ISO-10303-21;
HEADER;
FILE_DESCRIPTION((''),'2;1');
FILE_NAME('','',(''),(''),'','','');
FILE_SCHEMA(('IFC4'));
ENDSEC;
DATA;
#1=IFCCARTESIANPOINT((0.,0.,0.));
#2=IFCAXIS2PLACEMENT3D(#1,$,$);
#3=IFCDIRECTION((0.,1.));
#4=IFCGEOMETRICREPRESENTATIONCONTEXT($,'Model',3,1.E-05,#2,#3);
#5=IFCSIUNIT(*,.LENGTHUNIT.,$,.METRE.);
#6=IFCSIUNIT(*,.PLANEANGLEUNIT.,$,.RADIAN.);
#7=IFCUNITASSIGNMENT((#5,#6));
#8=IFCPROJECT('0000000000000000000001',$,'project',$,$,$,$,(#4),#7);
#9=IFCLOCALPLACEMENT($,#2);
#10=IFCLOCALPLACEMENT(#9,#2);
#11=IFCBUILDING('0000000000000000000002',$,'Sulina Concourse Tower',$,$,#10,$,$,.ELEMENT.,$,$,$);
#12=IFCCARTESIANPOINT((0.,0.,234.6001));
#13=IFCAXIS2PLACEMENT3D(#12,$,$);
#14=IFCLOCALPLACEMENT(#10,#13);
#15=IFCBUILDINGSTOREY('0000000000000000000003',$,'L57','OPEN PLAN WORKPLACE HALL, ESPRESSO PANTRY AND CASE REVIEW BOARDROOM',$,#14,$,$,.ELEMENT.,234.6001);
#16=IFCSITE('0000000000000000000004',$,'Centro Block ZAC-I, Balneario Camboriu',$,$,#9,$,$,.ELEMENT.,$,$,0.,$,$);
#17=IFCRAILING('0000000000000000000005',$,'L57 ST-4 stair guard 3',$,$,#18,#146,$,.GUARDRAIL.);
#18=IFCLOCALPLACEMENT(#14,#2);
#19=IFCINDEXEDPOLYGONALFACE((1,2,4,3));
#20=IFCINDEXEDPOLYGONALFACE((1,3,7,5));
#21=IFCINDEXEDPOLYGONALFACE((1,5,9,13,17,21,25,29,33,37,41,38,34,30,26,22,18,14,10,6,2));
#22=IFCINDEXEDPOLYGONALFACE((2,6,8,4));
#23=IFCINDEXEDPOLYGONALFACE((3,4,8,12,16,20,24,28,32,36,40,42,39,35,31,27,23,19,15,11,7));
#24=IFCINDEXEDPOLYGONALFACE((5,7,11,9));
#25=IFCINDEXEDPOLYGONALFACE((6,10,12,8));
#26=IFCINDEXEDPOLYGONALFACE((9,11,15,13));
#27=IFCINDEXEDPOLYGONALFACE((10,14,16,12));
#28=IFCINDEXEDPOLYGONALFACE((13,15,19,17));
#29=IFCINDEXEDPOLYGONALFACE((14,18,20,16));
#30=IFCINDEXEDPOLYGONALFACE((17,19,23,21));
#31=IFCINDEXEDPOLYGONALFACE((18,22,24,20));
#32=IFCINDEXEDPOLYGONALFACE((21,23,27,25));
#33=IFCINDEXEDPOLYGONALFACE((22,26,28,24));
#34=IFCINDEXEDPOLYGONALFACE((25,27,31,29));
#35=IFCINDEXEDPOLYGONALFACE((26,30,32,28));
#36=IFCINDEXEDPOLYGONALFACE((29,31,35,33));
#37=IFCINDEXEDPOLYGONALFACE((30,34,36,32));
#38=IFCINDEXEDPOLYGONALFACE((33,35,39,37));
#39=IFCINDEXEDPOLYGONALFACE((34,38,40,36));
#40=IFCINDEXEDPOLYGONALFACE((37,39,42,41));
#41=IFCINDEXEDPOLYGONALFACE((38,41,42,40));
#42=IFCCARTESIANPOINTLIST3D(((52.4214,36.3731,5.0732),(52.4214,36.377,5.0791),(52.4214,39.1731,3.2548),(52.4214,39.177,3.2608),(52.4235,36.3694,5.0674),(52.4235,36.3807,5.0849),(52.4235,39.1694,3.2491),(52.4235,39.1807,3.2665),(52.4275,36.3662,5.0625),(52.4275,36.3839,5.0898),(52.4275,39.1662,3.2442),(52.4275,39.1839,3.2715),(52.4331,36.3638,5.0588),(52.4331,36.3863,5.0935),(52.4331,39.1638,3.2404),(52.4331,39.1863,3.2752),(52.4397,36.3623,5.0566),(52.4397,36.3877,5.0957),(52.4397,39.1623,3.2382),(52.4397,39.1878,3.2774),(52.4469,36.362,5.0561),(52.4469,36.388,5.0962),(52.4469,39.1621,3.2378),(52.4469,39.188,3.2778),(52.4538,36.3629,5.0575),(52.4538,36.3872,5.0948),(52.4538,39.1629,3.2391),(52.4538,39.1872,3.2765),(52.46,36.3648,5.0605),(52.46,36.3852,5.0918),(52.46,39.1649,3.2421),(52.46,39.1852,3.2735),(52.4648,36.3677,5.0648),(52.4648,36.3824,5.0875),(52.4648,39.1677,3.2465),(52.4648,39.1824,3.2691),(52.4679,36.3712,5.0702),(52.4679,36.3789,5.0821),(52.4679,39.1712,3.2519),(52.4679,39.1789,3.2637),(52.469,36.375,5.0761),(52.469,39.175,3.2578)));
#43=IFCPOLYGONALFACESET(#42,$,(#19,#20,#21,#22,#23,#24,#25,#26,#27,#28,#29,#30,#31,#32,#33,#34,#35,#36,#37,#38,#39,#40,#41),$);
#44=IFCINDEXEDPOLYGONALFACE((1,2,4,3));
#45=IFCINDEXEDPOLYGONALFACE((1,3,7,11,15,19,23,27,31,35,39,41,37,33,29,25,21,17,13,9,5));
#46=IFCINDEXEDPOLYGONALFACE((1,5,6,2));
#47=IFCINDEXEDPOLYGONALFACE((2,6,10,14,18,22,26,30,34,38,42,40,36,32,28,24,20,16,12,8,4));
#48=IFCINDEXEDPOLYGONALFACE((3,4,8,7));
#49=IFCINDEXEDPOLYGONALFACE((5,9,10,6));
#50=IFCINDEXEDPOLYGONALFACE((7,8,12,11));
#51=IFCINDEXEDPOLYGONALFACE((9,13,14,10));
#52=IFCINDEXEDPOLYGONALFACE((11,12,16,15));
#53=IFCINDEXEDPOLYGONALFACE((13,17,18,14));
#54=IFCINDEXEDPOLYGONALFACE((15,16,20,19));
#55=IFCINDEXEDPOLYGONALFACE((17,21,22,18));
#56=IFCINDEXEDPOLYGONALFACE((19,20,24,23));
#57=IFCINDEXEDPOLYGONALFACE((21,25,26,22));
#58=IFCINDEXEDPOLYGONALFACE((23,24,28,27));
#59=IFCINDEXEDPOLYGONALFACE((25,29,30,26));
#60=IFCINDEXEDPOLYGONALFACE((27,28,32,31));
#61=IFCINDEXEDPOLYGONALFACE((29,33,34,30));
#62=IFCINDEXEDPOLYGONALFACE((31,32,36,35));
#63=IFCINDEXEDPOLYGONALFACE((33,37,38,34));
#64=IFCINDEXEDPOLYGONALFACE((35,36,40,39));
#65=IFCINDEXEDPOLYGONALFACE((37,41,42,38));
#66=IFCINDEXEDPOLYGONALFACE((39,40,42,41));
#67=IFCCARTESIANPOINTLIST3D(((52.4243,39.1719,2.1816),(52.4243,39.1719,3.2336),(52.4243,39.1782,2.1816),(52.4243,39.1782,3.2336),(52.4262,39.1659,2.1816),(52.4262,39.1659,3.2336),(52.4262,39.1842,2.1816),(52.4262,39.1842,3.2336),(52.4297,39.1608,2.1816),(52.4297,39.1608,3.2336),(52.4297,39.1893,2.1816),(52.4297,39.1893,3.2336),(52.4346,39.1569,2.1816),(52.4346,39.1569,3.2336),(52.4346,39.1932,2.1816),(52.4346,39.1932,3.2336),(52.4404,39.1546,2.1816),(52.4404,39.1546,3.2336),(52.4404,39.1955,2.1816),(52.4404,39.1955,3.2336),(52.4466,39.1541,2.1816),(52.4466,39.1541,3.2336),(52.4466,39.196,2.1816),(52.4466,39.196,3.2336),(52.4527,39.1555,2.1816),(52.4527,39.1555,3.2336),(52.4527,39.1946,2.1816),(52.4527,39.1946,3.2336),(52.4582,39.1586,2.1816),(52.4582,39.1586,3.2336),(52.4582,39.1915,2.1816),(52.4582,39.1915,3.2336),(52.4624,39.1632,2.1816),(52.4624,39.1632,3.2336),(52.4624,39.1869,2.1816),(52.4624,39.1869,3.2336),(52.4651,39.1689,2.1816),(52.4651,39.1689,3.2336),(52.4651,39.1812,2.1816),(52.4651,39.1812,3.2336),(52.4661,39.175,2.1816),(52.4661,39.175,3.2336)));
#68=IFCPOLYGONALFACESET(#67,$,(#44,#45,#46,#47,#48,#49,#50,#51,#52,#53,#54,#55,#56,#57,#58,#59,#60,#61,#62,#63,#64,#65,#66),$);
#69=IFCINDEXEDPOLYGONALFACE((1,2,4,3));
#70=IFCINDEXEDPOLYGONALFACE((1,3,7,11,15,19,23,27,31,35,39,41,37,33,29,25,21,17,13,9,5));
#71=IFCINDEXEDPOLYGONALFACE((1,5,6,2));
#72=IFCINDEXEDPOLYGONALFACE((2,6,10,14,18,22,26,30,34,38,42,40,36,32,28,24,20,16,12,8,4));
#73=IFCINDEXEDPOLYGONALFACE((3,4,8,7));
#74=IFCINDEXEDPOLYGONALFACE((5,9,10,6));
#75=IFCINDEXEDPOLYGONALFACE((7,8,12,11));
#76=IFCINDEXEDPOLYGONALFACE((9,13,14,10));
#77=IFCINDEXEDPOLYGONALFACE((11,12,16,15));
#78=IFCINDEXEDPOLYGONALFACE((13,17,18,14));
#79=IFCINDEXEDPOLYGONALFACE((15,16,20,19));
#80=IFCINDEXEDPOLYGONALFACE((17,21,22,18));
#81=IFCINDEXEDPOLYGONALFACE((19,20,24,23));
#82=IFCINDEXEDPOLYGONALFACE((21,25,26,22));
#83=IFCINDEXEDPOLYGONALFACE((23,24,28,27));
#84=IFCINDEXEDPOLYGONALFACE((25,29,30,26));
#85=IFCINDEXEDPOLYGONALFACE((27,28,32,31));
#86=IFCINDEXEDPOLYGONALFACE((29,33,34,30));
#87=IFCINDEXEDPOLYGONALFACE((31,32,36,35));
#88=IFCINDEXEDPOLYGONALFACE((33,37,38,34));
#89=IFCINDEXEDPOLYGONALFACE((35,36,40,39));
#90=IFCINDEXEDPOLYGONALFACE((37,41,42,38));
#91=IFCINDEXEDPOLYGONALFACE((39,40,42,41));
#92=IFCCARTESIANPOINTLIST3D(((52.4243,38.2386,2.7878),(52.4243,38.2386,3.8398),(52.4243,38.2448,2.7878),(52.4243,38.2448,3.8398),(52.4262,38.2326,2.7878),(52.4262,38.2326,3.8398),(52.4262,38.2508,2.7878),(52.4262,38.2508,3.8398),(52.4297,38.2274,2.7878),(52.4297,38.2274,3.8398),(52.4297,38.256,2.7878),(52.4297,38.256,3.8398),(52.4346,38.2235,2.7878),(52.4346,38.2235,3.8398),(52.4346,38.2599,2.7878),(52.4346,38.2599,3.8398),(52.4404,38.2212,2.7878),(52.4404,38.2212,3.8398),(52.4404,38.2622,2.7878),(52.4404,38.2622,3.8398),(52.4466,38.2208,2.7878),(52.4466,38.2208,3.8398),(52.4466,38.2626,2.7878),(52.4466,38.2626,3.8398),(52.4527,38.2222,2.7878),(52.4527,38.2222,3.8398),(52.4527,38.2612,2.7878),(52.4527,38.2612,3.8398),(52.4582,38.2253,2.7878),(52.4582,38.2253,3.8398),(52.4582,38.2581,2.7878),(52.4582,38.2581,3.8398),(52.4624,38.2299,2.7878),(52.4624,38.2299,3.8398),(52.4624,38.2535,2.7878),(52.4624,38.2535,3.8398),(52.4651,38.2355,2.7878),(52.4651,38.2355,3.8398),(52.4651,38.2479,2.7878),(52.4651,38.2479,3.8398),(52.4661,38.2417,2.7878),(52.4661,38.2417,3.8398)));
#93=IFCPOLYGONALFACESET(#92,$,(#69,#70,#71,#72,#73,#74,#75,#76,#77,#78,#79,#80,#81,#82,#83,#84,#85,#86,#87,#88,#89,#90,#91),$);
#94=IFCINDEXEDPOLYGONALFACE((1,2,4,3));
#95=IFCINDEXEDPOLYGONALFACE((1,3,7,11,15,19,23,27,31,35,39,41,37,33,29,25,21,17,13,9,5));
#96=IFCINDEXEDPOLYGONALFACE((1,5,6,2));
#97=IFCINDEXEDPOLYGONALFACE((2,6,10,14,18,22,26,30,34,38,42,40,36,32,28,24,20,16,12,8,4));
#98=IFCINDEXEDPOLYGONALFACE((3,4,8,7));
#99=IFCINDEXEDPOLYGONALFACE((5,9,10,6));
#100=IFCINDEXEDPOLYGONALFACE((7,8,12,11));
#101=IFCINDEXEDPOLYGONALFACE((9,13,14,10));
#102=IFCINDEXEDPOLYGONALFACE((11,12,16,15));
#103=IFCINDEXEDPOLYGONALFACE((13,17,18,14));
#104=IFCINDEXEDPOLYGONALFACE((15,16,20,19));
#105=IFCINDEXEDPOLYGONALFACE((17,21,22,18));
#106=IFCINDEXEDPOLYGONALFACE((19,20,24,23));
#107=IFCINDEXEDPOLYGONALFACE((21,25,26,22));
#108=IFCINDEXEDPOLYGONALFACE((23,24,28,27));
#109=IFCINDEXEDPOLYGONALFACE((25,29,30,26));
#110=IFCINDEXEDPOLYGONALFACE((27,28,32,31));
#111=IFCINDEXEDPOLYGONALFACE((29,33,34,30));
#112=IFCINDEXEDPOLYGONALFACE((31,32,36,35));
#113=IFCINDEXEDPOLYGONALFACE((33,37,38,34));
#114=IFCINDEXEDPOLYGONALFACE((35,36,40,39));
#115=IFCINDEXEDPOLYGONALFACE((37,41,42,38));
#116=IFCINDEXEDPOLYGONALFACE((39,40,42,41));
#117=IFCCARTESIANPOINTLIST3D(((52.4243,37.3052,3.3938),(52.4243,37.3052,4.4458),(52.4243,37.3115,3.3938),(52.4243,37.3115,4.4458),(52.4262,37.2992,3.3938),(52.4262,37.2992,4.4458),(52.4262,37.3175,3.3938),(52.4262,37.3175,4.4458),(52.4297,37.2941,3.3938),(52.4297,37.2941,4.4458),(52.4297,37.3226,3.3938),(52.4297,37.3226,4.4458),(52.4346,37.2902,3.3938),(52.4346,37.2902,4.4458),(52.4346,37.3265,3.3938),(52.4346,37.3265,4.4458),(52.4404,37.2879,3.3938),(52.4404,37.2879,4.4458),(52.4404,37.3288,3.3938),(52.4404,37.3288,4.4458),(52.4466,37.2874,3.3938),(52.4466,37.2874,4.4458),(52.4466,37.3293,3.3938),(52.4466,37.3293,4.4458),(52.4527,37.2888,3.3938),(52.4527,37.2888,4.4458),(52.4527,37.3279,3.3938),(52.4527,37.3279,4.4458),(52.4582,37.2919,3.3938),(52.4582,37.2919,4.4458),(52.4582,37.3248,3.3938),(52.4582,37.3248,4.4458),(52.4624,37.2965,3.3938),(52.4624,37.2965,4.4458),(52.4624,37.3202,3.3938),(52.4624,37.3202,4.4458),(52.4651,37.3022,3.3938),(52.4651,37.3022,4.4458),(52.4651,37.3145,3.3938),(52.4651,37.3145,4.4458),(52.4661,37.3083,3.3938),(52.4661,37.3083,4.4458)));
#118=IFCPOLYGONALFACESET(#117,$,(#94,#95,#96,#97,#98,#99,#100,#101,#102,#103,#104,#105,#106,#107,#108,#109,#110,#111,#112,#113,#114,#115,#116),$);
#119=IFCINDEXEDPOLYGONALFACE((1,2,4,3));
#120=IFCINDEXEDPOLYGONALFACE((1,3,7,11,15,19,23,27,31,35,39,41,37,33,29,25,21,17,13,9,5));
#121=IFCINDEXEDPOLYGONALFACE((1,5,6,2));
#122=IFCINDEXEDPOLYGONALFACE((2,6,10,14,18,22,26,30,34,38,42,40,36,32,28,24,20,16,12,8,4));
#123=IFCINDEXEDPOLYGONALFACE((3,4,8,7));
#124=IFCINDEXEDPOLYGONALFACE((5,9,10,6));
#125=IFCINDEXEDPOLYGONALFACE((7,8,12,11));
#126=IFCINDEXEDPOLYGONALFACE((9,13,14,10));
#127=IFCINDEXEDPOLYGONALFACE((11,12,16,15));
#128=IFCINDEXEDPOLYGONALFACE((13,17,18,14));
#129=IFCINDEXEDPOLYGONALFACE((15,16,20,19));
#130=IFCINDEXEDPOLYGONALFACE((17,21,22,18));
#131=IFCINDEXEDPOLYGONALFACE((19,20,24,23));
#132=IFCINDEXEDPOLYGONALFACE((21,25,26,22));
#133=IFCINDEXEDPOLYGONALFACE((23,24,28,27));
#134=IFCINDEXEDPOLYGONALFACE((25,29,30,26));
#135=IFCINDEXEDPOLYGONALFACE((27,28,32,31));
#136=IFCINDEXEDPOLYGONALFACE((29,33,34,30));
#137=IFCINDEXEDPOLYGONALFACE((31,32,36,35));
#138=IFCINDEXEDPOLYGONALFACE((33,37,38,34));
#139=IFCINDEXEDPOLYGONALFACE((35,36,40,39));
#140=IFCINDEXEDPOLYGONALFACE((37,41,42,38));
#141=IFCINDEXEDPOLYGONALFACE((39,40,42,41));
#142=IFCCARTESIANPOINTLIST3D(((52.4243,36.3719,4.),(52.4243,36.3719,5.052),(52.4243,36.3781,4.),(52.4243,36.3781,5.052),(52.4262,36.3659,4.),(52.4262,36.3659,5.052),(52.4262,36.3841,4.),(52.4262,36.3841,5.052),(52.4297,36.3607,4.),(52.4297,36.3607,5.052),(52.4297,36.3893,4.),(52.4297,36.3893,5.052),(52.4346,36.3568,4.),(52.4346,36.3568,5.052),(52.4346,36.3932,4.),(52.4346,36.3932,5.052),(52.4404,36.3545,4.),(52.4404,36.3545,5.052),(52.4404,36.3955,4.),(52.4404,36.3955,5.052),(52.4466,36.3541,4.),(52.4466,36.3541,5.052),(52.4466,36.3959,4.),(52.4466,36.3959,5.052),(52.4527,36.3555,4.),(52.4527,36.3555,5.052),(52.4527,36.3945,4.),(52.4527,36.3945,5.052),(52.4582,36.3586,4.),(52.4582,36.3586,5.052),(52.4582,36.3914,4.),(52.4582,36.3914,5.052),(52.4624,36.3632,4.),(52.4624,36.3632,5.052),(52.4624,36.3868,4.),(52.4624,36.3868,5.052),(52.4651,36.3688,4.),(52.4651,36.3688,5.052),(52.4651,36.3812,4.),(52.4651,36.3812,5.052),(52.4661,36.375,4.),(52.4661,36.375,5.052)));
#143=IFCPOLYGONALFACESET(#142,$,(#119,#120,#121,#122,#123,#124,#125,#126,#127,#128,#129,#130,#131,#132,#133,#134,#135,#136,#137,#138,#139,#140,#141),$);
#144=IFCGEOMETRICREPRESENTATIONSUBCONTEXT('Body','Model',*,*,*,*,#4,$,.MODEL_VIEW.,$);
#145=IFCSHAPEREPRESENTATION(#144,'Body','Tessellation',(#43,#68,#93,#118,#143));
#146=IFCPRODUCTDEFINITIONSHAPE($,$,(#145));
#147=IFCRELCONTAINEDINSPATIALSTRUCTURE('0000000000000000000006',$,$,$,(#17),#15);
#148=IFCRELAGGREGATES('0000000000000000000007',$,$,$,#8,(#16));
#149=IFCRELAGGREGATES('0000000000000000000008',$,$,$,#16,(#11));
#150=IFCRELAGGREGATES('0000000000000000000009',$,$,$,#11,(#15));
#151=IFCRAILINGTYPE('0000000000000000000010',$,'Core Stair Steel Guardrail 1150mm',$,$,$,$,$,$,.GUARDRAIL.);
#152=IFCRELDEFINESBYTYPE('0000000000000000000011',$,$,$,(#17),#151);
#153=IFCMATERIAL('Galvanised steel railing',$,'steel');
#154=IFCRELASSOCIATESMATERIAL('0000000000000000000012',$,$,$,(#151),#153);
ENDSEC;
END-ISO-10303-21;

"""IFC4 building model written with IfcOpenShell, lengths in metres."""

from ifc_helpers import new_model, si_unit, direction, frame, origin, origin_2d, place, context, subcontext, project, spatial, circle, extrude, material, type_object, element, save


model = new_model("IFC4")

# Units and contexts
model_context = context("Model", 3, precision=1e-05, world=origin(), true_north=direction((0.0, 1.0)))
body_context = subcontext(model_context, "Body", "Model", "MODEL_VIEW")
ifc_project = project(units=[si_unit("LENGTHUNIT", "METRE"), si_unit("PLANEANGLEUNIT", "RADIAN")], contexts=[model_context])

# Site, building, storey
site_placement = place(None, origin())
site = spatial("IfcSite", under=ifc_project, at=site_placement, Name="Centro Block ZAC-I, Balneario Camboriu", CompositionType="ELEMENT", RefElevation=0.0)
building_placement = place(site_placement, origin())
building = spatial("IfcBuilding", under=site, at=building_placement, Name="Sulina Concourse Tower", CompositionType="ELEMENT")
storey_placement = place(building_placement, frame((0.0, 0.0, 234.6001)))
storey = spatial("IfcBuildingStorey", under=building, at=storey_placement, Name="L57", Description="OPEN PLAN WORKPLACE HALL, ESPRESSO PANTRY AND CASE REVIEW BOARDROOM", CompositionType="ELEMENT", Elevation=234.6001)

# Railing
ifc_material_1 = material(Name="Galvanised steel railing", Category="steel")
railing_type_1 = type_object("IfcRailingType", Name="Core Stair Steel Guardrail 1150mm", PredefinedType="GUARDRAIL", material=ifc_material_1)
railing_1_placement = place(storey_placement, frame((52.4451, 39.175, 2.1816)))
element("IfcRailing", 1, at=railing_1_placement, inside=storey, type_object=railing_type_1, Name="L57 ST-4 stair guard 3", PredefinedType="GUARDRAIL", context=body_context, shape_type="SweptSolid", body=[
    extrude(circle(Radius=0.0239, at=origin_2d()), frame((0.0, 0.0, 1.0762), z_axis=(0.0, -0.838672, 0.544636), x_axis=(1.0, 0.0, 0.0)), (0.0, 0.0, 1.0), 3.3386),
    extrude(circle(Radius=0.021, at=origin_2d()), origin(), (0.0, 0.0, 1.0), 1.052),
    extrude(circle(Radius=0.021, at=origin_2d()), frame((0.0, -0.9333, 0.6062)), (0.0, 0.0, 1.0), 1.052),
    extrude(circle(Radius=0.021, at=origin_2d()), frame((0.0, -1.8667, 1.2122)), (0.0, 0.0, 1.0), 1.052),
    extrude(circle(Radius=0.021, at=origin_2d()), frame((0.0, -2.8, 1.8184)), (0.0, 0.0, 1.0), 1.052),
])

save(model, "model.ifc")
